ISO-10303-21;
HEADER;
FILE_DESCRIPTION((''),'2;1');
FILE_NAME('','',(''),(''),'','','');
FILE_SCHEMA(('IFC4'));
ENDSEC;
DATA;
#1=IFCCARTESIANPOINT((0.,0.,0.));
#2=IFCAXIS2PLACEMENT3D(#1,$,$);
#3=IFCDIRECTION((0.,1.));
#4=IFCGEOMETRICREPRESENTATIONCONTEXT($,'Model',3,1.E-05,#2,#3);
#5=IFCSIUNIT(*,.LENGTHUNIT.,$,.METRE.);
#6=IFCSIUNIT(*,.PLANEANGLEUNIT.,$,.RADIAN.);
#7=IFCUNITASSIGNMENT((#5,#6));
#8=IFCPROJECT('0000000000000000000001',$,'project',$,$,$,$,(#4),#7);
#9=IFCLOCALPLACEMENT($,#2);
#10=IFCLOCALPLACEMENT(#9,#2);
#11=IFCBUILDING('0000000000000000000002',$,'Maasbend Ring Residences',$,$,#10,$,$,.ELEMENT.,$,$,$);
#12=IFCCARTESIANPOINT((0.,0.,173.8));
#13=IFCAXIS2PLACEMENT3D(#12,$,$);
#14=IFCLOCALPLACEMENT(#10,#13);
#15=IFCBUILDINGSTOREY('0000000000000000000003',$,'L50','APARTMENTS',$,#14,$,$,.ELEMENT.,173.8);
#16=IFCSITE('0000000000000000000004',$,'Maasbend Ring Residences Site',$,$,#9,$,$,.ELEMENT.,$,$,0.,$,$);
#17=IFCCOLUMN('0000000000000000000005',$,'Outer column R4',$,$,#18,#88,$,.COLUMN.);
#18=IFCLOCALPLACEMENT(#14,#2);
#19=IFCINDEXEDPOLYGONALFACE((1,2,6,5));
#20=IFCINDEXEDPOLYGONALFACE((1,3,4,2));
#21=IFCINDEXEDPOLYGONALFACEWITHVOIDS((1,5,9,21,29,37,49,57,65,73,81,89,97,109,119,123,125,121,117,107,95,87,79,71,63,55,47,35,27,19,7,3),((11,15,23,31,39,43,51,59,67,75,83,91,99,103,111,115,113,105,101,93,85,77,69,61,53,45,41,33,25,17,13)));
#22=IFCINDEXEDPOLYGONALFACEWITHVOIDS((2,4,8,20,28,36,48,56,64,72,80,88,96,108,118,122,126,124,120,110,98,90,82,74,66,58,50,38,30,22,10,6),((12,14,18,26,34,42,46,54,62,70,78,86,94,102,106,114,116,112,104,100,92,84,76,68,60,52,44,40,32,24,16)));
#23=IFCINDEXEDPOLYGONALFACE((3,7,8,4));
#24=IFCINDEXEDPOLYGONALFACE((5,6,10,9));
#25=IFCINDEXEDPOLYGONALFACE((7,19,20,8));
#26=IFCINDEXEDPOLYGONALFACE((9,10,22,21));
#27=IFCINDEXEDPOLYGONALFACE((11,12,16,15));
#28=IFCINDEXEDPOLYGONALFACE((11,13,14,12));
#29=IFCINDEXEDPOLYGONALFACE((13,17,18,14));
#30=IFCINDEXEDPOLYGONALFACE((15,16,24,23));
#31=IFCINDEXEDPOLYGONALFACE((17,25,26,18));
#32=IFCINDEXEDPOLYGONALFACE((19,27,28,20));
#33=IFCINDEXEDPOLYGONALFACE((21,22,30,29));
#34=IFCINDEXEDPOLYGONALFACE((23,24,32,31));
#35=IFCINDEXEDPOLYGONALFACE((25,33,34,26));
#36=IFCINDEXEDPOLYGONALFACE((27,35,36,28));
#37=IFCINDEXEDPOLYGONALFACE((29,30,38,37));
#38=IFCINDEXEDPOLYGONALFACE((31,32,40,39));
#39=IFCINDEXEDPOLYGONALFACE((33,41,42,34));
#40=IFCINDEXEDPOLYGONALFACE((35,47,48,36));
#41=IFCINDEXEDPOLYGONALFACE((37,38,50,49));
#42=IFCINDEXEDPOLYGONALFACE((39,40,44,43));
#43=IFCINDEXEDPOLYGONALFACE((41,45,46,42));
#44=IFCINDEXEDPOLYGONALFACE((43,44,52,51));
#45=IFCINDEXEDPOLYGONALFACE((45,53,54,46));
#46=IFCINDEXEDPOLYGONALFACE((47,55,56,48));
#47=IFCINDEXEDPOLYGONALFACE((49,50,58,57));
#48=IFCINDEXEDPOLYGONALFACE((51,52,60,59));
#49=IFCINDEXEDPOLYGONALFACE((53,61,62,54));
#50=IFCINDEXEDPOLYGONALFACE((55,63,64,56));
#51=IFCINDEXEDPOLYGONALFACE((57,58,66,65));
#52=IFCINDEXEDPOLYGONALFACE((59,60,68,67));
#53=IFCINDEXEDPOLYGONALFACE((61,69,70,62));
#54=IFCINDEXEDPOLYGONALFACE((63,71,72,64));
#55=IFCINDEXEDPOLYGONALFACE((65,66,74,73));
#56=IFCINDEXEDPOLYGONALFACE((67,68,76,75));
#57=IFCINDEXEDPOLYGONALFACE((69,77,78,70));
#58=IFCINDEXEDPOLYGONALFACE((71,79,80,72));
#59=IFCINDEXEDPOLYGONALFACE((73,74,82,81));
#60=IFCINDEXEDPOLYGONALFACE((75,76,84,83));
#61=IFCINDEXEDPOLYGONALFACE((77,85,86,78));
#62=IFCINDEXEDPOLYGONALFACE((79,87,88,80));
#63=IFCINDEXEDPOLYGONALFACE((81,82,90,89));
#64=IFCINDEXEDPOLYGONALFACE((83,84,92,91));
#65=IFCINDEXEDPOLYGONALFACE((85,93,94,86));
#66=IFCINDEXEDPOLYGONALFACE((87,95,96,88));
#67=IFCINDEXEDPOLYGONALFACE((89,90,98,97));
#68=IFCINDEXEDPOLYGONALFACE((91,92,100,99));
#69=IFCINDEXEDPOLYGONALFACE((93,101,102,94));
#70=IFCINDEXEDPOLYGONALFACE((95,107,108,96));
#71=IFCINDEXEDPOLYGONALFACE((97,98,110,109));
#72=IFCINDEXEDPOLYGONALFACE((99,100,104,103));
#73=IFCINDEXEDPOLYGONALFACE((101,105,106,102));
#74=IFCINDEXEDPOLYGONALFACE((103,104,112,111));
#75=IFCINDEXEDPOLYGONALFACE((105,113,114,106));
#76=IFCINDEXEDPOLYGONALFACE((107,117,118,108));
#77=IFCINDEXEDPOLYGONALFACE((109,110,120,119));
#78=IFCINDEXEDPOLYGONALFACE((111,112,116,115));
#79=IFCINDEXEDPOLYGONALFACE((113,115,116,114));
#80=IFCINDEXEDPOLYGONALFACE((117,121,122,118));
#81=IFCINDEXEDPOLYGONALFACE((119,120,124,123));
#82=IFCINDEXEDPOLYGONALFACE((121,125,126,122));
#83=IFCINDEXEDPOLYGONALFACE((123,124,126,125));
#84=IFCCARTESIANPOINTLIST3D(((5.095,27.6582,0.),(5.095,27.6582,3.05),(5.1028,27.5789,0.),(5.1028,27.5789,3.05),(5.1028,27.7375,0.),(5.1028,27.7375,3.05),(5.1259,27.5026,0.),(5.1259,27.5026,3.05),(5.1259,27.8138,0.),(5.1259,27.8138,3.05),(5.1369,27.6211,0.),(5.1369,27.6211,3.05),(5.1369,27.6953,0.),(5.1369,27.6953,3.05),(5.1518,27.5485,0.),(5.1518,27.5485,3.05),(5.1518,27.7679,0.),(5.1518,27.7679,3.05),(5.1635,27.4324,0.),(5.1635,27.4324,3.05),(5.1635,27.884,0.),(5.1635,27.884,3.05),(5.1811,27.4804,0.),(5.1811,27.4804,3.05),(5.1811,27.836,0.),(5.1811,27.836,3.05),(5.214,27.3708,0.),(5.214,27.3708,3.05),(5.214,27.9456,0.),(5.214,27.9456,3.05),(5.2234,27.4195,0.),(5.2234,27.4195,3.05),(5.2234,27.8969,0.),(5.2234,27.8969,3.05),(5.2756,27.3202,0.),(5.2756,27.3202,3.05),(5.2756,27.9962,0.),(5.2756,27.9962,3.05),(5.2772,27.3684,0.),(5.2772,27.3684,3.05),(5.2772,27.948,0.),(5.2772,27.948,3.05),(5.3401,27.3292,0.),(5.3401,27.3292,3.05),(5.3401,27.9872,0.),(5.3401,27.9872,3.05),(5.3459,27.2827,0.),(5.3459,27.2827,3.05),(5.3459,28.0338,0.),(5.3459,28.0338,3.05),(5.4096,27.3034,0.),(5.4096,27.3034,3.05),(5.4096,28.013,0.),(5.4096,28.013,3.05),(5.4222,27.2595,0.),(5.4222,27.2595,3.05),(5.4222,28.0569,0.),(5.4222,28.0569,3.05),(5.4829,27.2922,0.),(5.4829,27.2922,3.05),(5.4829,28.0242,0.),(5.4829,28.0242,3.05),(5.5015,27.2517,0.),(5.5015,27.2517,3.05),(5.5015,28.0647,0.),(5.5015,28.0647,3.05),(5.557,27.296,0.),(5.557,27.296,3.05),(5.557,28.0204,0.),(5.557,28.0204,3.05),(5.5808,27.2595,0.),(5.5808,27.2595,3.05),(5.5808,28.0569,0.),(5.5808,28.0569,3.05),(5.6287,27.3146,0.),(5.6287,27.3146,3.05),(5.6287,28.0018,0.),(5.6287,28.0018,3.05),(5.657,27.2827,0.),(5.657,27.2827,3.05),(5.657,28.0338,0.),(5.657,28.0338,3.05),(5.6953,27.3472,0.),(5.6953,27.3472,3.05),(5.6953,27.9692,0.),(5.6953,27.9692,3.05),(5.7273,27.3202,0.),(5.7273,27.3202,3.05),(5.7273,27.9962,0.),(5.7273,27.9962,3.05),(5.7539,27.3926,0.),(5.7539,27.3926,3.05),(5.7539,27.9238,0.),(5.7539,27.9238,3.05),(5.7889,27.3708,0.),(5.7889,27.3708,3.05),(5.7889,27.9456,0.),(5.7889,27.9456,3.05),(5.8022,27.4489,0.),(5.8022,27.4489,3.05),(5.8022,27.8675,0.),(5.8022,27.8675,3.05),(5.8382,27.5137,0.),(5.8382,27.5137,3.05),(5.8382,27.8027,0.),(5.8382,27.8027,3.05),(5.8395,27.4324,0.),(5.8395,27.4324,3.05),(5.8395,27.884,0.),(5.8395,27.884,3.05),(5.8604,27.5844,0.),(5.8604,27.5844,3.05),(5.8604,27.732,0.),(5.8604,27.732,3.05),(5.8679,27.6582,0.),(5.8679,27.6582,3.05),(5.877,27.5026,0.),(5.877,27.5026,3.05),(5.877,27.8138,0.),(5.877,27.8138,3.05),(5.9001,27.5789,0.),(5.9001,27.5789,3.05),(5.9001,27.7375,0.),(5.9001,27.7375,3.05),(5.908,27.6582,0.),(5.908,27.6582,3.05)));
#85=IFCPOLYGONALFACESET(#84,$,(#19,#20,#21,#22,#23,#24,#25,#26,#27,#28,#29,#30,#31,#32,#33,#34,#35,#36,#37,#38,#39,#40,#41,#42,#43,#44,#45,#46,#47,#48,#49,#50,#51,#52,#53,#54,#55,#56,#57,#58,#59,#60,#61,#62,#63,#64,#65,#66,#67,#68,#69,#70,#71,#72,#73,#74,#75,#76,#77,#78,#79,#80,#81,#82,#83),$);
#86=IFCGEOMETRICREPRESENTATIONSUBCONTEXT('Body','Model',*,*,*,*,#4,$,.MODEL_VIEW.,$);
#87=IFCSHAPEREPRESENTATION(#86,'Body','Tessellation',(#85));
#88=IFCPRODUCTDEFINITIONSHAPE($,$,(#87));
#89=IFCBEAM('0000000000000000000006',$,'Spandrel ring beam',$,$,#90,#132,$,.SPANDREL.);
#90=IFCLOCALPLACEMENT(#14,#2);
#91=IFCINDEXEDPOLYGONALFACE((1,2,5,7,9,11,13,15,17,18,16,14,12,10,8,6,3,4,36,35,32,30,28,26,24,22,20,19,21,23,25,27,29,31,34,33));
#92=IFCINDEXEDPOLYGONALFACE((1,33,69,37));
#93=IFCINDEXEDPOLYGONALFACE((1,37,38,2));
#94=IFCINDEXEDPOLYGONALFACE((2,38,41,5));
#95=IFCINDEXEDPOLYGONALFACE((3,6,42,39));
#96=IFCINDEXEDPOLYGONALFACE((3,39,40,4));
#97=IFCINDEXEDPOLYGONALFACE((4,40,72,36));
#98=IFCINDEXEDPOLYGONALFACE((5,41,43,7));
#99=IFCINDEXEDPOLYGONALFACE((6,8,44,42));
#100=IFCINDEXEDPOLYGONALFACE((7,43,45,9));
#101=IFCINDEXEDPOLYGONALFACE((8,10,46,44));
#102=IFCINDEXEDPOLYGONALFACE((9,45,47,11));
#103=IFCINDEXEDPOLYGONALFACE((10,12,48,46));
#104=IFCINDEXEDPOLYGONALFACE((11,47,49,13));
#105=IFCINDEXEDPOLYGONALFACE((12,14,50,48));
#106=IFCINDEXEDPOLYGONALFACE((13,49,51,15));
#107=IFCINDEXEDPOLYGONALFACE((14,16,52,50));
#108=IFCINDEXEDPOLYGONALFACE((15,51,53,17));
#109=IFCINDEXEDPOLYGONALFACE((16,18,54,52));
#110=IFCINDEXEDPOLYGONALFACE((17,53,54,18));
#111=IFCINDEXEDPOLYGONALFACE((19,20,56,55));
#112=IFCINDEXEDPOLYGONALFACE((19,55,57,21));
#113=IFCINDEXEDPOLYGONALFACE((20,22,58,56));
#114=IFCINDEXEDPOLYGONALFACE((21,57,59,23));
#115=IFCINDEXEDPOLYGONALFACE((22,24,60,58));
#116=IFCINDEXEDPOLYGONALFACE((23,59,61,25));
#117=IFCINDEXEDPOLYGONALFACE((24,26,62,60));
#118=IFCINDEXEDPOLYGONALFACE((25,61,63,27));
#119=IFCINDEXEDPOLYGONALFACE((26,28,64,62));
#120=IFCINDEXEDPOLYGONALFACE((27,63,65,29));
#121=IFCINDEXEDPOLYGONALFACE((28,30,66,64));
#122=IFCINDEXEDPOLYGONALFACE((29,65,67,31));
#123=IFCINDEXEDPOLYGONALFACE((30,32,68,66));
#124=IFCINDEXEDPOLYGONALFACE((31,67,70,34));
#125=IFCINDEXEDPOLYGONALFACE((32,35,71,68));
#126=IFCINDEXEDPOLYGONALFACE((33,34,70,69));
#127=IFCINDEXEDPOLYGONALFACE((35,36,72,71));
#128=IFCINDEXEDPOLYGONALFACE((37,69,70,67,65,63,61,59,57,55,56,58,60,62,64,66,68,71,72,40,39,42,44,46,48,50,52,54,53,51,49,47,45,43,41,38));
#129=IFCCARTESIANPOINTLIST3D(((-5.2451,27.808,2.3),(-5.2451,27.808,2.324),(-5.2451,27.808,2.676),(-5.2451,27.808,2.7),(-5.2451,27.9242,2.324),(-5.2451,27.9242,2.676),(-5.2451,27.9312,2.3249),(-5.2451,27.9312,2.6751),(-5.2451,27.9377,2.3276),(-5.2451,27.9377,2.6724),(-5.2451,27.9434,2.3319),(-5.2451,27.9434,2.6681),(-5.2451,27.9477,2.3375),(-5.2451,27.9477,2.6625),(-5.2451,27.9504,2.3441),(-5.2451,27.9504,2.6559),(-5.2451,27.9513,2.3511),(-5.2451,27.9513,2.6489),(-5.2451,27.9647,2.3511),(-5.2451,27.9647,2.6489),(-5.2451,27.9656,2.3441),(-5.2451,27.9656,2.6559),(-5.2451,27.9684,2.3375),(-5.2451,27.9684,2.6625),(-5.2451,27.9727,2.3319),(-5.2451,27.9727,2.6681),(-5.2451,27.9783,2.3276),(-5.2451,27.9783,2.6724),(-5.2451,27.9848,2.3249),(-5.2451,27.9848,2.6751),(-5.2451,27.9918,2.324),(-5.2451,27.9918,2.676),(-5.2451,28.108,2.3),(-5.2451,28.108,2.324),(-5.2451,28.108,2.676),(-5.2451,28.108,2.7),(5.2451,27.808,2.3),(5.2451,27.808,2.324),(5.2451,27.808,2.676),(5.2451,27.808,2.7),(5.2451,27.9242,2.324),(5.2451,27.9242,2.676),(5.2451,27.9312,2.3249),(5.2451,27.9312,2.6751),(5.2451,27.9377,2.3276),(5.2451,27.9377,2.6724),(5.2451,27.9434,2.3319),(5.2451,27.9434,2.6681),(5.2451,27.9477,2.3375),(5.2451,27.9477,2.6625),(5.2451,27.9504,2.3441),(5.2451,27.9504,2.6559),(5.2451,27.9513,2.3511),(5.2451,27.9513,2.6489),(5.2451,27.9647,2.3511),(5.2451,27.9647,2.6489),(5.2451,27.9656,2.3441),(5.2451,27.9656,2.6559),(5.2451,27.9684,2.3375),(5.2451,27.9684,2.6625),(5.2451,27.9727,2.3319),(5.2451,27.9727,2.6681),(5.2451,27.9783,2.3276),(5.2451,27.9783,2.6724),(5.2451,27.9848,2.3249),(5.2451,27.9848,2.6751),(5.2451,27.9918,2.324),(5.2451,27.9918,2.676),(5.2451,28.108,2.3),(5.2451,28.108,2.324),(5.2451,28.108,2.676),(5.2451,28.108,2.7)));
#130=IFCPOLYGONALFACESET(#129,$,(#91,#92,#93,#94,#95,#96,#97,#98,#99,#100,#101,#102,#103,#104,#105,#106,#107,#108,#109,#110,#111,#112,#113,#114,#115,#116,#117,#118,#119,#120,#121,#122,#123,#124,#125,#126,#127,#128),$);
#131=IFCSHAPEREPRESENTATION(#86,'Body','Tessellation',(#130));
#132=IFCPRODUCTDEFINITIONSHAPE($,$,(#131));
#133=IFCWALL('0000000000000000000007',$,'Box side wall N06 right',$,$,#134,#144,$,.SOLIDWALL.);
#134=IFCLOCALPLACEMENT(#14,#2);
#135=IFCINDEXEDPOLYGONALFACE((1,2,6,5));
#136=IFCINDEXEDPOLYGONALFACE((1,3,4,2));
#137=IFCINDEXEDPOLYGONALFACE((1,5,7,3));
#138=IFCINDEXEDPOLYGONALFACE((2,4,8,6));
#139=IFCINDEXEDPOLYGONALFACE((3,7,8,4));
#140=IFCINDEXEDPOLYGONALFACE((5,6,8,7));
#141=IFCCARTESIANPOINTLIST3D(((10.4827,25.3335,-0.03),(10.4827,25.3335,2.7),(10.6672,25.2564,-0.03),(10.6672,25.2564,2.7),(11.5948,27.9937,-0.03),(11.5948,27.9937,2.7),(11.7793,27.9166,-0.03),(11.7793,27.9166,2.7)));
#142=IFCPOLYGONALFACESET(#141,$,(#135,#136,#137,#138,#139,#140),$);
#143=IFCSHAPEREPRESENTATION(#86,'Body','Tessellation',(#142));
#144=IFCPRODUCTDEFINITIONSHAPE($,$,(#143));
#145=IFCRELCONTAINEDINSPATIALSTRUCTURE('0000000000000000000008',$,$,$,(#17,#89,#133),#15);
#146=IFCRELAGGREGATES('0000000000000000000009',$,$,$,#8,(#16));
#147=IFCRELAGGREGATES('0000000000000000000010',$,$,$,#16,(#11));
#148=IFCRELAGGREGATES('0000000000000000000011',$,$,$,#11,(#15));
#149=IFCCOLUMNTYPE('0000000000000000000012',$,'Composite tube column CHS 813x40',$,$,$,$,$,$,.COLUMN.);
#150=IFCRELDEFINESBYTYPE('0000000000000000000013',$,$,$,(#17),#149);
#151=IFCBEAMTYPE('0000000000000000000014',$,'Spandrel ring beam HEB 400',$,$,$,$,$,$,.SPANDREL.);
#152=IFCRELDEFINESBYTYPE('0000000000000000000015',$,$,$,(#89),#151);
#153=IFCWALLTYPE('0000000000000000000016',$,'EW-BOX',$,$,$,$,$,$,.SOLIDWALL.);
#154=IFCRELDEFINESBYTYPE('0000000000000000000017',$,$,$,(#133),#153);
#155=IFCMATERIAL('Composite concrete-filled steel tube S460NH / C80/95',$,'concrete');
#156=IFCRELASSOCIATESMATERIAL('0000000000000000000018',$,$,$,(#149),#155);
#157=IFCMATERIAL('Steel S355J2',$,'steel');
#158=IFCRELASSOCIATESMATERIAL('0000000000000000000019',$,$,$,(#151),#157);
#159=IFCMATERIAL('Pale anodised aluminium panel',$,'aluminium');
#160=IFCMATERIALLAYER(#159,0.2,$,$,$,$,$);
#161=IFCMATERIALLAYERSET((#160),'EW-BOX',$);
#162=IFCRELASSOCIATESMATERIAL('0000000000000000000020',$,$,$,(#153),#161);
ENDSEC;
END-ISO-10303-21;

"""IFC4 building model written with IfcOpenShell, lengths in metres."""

from ifc_helpers import new_model, si_unit, direction, frame, frame_2d, origin, origin_2d, place, context, subcontext, project, spatial, rectangle, hollow_circle, i_section, extrude, material, layer, layer_set, material_profile, profile_set, type_object, element, save


model = new_model("IFC4")

# Units and contexts
model_context = context("Model", 3, precision=1e-05, world=origin(), true_north=direction((0.0, 1.0)))
body_context = subcontext(model_context, "Body", "Model", "MODEL_VIEW")
ifc_project = project(units=[si_unit("LENGTHUNIT", "METRE"), si_unit("PLANEANGLEUNIT", "RADIAN")], contexts=[model_context])

# Site, building, storey
site_placement = place(None, origin())
site = spatial("IfcSite", under=ifc_project, at=site_placement, Name="Maasbend Ring Residences Site", CompositionType="ELEMENT", RefElevation=0.0)
building_placement = place(site_placement, origin())
building = spatial("IfcBuilding", under=site, at=building_placement, Name="Maasbend Ring Residences", CompositionType="ELEMENT")
storey_placement = place(building_placement, frame((0.0, 0.0, 173.8)))
storey = spatial("IfcBuildingStorey", under=building, at=storey_placement, Name="L50", Description="APARTMENTS", CompositionType="ELEMENT", Elevation=173.8)

# Column
ifc_material_1 = material(Name="Composite concrete-filled steel tube S460NH / C80/95", Category="concrete")
ifc_material_profile_1 = material_profile(ifc_material_1, hollow_circle(Radius=0.4065, WallThickness=0.04, at=origin_2d()), Name="Composite tube column CHS 813x40")
ifc_profile_set_1 = profile_set([ifc_material_profile_1], Name="Composite concrete-filled steel tube S460NH / C80/95")
column_type = type_object("IfcColumnType", Name="Composite tube column CHS 813x40", PredefinedType="COLUMN", material=ifc_profile_set_1)
column_placement = place(storey_placement, frame((5.5015, 27.6582, 0.0), z_axis=(0.0, 0.0, 1.0), x_axis=(1.0, 0.0, 0.0)))
element("IfcColumn", 1, at=column_placement, inside=storey, type_object=column_type, Name="Outer column R4", PredefinedType="COLUMN", context=body_context, shape_type="SweptSolid", body=[
    extrude(hollow_circle(Radius=0.4065, WallThickness=0.04, at=origin_2d()), origin(), (0.0, 0.0, 1.0), 3.05),
])

# Beam
ifc_material_2 = material(Name="Steel S355J2", Category="steel")
ifc_material_profile_2 = material_profile(ifc_material_2, i_section(OverallWidth=0.3, OverallDepth=0.3999, WebThickness=0.0134, FlangeThickness=0.0239, FilletRadius=0.0271, at=origin_2d()), Name="HEB 400")
ifc_profile_set_2 = profile_set([ifc_material_profile_2], Name="Steel S355J2")
beam_type = type_object("IfcBeamType", Name="Spandrel ring beam HEB 400", PredefinedType="SPANDREL", material=ifc_profile_set_2)
beam_placement = place(storey_placement, frame((5.2451, 27.958, 2.5), z_axis=(-1.0, 0.0, 0.0), x_axis=(0.0, -1.0, 0.0)))
element("IfcBeam", 2, at=beam_placement, inside=storey, type_object=beam_type, Name="Spandrel ring beam", PredefinedType="SPANDREL", context=body_context, shape_type="SweptSolid", body=[
    extrude(i_section(OverallWidth=0.3, OverallDepth=0.3999, WebThickness=0.0134, FlangeThickness=0.0239, FilletRadius=0.0271, at=origin_2d()), origin(), (0.0, 0.0, 1.0), 10.4902),
])

# Wall
ifc_material_3 = material(Name="Pale anodised aluminium panel", Category="aluminium")
ifc_layer_1 = layer(ifc_material_3, 0.2)
ifc_layer_set_1 = layer_set([ifc_layer_1], Name="EW-BOX")
wall_type_1 = type_object("IfcWallType", Name="EW-BOX", PredefinedType="SOLIDWALL", material=ifc_layer_set_1)
wall_1_placement = place(storey_placement, frame((10.575, 25.2949, -0.03), z_axis=(0.0, 0.0, 1.0), x_axis=(0.385697, 0.922625, 0.0)))
element("IfcWall", 3, at=wall_1_placement, inside=storey, type_object=wall_type_1, Name="Box side wall N06 right", PredefinedType="SOLIDWALL", context=body_context, shape_type="SweptSolid", body=[
    extrude(rectangle(XDim=2.8833, YDim=0.2, at=frame_2d((1.4417, 0.0))), origin(), (0.0, 0.0, 1.0), 2.73),
])

save(model, "model.ifc")
